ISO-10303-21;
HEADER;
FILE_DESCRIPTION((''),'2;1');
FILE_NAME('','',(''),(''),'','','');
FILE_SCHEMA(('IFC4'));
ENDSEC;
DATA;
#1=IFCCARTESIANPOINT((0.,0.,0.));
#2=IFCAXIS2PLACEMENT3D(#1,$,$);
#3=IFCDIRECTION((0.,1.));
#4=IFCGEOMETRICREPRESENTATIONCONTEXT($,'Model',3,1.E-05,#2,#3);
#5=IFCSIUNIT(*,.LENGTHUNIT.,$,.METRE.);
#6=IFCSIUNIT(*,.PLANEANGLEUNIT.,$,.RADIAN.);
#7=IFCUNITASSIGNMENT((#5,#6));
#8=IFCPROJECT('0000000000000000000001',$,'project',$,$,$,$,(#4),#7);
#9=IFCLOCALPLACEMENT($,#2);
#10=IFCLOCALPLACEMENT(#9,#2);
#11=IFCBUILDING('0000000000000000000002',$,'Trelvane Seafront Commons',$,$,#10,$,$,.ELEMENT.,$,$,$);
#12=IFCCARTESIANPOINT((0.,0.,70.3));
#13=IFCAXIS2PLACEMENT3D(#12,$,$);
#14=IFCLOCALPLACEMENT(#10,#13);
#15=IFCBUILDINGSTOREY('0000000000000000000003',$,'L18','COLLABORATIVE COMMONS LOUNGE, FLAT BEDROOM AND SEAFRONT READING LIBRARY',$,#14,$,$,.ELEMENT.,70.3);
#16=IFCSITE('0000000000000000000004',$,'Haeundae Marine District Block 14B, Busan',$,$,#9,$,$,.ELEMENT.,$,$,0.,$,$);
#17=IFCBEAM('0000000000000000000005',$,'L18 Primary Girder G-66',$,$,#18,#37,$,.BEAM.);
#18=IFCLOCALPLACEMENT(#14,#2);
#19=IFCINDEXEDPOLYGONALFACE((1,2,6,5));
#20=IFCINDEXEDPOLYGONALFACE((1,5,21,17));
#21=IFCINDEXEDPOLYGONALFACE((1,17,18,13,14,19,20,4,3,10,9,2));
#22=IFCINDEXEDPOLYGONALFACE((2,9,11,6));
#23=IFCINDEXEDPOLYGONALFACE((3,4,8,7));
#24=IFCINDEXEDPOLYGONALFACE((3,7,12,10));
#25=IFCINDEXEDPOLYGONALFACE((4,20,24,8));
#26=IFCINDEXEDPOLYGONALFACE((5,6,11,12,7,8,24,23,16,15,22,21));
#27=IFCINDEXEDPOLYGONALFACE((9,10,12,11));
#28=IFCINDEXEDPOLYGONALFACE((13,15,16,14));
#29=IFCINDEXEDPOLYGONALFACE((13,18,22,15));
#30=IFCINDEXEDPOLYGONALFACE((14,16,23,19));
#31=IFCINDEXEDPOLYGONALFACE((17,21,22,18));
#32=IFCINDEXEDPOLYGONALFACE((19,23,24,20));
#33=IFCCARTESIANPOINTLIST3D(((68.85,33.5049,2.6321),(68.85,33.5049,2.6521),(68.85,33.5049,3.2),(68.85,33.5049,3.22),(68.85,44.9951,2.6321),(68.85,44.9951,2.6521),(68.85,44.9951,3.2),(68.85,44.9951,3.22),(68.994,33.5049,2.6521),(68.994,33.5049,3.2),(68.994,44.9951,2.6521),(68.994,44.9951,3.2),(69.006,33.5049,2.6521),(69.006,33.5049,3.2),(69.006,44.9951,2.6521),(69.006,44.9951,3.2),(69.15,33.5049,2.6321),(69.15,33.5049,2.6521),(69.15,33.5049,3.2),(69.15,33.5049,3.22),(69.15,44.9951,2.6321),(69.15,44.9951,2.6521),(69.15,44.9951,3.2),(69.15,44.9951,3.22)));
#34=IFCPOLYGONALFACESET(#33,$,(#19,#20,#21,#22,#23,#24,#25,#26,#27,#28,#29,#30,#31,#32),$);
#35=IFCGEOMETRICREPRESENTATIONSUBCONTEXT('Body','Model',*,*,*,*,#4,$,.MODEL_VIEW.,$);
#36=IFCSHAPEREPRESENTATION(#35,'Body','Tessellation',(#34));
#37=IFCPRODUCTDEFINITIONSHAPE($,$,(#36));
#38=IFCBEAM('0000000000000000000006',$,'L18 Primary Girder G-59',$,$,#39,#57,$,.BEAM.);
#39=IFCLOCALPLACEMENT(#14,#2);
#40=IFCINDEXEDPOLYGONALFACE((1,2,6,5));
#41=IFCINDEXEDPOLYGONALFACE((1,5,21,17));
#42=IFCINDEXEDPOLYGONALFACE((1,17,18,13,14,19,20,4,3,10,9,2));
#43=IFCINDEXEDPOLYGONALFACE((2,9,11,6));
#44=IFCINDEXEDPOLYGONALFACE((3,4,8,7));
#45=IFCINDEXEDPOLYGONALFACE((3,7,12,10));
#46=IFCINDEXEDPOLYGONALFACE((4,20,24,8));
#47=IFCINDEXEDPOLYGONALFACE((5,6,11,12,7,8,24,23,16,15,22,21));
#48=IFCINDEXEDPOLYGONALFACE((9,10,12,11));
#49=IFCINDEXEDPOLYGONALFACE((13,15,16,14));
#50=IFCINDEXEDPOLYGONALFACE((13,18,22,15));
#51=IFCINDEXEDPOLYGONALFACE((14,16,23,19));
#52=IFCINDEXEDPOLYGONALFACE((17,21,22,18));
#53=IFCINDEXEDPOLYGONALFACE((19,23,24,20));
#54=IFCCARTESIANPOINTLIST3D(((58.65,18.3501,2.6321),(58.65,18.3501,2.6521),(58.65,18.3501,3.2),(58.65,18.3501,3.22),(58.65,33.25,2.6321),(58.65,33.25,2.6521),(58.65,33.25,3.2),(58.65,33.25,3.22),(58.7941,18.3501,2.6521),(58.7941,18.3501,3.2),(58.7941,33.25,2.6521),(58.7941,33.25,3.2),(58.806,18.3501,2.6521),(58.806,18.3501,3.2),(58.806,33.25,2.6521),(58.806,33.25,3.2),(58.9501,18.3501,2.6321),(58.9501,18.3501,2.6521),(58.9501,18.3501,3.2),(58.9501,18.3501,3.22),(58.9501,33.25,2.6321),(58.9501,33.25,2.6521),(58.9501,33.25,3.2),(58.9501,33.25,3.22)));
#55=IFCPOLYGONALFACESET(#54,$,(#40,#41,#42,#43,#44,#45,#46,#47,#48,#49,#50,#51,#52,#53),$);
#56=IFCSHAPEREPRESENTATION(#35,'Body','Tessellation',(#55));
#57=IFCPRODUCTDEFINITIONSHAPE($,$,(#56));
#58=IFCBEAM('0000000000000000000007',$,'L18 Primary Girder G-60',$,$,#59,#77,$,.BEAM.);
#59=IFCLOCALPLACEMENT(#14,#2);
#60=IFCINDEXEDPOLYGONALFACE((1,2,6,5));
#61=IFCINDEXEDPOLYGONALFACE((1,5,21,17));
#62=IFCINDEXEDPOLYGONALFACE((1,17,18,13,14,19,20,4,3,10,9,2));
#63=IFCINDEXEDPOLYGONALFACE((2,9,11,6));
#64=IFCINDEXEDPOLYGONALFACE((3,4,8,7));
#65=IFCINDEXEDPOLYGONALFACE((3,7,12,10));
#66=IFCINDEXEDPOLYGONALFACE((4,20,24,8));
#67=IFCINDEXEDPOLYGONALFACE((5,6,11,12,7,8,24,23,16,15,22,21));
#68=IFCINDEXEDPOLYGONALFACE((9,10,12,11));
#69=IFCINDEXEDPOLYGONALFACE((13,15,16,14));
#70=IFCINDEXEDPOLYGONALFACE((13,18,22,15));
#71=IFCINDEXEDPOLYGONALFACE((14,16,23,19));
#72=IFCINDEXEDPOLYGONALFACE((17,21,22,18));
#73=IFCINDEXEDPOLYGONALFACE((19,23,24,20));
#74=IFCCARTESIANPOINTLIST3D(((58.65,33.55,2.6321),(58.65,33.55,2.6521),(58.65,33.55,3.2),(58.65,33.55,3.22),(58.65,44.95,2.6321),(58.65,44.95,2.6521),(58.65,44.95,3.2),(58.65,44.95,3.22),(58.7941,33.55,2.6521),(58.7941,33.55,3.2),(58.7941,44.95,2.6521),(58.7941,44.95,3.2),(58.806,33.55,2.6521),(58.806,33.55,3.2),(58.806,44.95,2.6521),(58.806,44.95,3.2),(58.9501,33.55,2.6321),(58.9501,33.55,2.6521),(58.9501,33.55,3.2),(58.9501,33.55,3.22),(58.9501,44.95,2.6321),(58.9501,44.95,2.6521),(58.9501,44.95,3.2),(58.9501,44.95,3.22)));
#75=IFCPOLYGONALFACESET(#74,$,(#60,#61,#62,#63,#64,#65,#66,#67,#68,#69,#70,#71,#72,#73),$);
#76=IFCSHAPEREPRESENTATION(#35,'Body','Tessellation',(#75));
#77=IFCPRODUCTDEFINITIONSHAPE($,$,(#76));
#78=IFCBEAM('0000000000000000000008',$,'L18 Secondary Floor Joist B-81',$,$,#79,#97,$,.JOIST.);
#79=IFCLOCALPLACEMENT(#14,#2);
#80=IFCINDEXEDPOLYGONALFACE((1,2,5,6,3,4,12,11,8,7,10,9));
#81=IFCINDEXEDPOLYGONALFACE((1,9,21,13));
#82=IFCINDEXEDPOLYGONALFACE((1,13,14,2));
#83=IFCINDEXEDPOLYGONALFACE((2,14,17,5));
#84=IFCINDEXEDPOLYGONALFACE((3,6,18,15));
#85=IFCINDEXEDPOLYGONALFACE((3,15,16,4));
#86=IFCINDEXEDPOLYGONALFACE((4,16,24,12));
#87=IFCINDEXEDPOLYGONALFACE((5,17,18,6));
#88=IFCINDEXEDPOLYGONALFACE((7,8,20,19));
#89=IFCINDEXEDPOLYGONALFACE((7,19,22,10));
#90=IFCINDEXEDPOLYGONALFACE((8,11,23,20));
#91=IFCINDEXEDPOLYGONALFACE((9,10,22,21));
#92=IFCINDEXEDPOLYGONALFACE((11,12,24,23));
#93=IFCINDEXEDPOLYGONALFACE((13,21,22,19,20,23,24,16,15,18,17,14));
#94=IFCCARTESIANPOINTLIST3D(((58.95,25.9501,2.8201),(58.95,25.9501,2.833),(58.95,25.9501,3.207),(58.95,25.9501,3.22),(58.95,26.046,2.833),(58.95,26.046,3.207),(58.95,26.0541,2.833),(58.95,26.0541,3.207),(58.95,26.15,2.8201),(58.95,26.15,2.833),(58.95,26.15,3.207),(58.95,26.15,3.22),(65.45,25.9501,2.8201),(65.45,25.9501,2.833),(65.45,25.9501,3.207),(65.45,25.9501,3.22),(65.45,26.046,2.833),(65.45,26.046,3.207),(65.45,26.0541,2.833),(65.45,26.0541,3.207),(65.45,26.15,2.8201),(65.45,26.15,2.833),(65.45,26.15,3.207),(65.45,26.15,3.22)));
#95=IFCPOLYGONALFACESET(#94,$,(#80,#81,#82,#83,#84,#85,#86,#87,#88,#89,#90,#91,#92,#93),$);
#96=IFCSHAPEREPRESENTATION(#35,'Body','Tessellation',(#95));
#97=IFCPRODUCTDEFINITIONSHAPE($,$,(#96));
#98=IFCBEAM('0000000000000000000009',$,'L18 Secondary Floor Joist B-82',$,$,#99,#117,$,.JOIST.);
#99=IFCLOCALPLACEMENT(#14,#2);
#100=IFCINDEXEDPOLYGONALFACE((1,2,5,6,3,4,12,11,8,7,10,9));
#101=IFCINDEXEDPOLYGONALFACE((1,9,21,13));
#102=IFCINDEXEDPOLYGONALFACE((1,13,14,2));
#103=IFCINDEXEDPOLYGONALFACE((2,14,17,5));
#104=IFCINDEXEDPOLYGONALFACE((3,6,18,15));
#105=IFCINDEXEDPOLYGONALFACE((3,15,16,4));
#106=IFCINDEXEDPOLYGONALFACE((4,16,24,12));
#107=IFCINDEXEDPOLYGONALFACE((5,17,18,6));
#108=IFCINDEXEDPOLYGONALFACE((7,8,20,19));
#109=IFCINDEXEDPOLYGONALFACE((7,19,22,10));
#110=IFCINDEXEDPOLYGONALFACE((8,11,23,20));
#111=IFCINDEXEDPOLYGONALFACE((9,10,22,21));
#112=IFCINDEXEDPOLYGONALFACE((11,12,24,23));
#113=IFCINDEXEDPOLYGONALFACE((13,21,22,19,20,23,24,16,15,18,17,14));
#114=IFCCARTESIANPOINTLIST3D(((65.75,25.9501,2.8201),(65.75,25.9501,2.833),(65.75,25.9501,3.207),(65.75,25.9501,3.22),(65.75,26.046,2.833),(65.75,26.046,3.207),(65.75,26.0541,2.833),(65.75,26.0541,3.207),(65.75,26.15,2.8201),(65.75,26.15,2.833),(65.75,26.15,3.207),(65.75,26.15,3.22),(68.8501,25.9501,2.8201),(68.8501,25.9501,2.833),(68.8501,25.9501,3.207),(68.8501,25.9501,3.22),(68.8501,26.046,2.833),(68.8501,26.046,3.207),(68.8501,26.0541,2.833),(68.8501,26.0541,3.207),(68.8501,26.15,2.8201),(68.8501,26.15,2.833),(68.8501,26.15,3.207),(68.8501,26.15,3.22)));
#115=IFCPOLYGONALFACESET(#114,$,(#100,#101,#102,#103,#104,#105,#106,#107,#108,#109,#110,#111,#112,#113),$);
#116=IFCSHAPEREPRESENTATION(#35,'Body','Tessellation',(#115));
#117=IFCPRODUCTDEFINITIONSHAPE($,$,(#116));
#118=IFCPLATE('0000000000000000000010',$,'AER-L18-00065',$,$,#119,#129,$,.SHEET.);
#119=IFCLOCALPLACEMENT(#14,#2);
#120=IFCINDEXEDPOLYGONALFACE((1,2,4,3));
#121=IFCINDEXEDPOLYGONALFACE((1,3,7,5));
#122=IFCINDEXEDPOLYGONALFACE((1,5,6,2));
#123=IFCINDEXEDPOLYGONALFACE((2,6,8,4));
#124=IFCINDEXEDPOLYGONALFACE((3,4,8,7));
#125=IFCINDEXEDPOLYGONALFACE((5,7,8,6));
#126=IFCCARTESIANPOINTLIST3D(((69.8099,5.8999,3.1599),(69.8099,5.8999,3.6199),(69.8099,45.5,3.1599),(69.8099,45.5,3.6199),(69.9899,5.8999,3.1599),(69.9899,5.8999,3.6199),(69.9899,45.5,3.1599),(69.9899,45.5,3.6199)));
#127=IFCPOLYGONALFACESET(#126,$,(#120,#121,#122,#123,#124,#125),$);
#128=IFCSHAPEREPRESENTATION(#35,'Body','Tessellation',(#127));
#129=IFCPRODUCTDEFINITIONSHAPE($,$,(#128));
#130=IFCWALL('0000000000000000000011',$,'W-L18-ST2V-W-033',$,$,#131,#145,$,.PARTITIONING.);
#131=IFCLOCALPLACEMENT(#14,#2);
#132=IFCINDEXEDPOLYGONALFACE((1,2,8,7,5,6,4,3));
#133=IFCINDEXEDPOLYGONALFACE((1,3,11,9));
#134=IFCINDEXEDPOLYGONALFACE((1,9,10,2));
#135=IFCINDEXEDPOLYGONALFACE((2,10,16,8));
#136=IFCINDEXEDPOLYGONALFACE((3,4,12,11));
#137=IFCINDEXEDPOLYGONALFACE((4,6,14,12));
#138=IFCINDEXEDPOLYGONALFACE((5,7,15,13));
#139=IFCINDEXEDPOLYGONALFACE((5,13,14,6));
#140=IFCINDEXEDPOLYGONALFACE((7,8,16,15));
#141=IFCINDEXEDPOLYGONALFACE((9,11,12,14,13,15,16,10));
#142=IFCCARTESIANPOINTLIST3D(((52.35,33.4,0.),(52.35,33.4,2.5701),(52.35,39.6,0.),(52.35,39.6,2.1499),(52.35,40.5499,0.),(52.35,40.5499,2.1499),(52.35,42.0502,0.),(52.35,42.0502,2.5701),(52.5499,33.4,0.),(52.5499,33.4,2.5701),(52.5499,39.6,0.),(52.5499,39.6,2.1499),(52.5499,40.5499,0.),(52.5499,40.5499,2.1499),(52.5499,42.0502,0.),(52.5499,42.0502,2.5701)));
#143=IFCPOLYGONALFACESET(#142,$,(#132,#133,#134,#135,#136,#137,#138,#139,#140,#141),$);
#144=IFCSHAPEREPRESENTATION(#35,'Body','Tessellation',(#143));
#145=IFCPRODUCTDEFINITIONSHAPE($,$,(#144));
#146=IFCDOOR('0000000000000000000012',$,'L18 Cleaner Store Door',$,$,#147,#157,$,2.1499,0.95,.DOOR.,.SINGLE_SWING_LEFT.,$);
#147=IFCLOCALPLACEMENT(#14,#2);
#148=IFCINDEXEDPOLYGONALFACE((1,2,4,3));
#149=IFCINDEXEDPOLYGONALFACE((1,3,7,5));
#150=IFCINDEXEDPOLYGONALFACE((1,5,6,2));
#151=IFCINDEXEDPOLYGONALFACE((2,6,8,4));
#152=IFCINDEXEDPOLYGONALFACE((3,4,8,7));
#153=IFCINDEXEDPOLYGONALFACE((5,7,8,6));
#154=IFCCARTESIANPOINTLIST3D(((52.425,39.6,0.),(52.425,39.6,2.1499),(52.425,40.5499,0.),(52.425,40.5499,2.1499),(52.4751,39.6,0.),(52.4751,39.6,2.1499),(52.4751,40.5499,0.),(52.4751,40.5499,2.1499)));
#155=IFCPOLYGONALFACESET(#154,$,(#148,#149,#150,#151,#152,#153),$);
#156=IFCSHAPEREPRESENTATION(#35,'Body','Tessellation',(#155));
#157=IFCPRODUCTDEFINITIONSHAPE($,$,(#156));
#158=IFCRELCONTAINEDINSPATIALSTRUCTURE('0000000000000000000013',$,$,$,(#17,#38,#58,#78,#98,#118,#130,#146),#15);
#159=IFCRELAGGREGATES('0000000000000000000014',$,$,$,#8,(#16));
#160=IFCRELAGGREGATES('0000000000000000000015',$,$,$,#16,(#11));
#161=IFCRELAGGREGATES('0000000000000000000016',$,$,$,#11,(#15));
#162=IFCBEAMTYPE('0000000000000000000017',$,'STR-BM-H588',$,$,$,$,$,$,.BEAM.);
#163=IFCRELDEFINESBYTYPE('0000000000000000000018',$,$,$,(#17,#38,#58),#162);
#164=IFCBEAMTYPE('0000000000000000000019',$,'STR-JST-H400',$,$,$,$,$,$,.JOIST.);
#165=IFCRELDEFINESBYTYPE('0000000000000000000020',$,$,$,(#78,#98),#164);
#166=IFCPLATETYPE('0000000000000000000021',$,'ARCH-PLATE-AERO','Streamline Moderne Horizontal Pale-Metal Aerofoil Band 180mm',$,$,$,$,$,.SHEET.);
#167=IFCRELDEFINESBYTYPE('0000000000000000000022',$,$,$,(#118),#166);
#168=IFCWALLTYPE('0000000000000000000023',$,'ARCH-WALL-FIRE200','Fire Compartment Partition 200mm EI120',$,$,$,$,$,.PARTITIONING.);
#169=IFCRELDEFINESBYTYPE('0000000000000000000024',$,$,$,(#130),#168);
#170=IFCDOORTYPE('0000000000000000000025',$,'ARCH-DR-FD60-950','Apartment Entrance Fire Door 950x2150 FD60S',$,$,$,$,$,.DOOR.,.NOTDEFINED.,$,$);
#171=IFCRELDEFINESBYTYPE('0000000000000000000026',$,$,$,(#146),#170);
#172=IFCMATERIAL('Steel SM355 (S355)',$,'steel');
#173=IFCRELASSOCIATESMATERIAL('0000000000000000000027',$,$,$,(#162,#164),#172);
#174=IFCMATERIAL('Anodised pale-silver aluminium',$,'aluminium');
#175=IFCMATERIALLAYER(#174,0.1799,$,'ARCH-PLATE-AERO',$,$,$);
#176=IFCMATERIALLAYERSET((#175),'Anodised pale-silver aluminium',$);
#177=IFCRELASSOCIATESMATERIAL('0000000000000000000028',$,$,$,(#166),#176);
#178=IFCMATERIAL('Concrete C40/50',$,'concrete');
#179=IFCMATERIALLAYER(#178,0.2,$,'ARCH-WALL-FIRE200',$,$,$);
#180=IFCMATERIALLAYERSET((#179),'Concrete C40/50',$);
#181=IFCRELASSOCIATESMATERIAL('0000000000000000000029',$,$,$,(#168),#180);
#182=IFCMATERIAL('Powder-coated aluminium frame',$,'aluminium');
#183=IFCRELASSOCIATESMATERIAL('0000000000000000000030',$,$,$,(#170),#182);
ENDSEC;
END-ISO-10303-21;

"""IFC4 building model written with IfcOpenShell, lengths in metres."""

from ifc_helpers import new_model, si_unit, direction, frame, frame_2d, origin, origin_2d, place, context, subcontext, project, spatial, rectangle, i_section, extrude, source, transform, mapped, material, layer, layer_set, material_profile, profile_set, type_object, element, fill, save


model = new_model("IFC4")

# Units and contexts
model_context = context("Model", 3, precision=1e-05, world=origin(), true_north=direction((0.0, 1.0)))
body_context = subcontext(model_context, "Body", "Model", "MODEL_VIEW")
ifc_project = project(units=[si_unit("LENGTHUNIT", "METRE"), si_unit("PLANEANGLEUNIT", "RADIAN")], contexts=[model_context])

# Site, building, storey
site_placement = place(None, origin())
site = spatial("IfcSite", under=ifc_project, at=site_placement, Name="Haeundae Marine District Block 14B, Busan", CompositionType="ELEMENT", RefElevation=0.0)
building_placement = place(site_placement, origin())
building = spatial("IfcBuilding", under=site, at=building_placement, Name="Trelvane Seafront Commons", CompositionType="ELEMENT")
storey_placement = place(building_placement, frame((0.0, 0.0, 70.3)))
storey = spatial("IfcBuildingStorey", under=building, at=storey_placement, Name="L18", Description="COLLABORATIVE COMMONS LOUNGE, FLAT BEDROOM AND SEAFRONT READING LIBRARY", CompositionType="ELEMENT", Elevation=70.3)

# Shared definitions
ifc_material_1 = material(Name="Steel SM355 (S355)", Category="steel")

# Beams
ifc_material_profile_1 = material_profile(ifc_material_1, i_section(OverallWidth=0.3, OverallDepth=0.5879, WebThickness=0.012, FlangeThickness=0.02, at=origin_2d()), Name="H-588x300x12x20")
ifc_profile_set_1 = profile_set([ifc_material_profile_1], Name="Steel SM355 (S355)")
beam_type_1 = type_object("IfcBeamType", Name="STR-BM-H588", PredefinedType="BEAM", material=ifc_profile_set_1)
shared_shape_1 = source(origin(), body_context, "Body", "SweptSolid", [
    extrude(i_section(OverallWidth=0.3, OverallDepth=0.5879, WebThickness=0.012, FlangeThickness=0.02, at=origin_2d()), origin(), (0.0, 0.0, 1.0), 11.4902),
])
for number, where, z_axis, x_axis, name in (
    (1, (69.0, 33.5049, 2.926), (0.0, 1.0, 0.0), (-1.0, 0.0, 0.0), "L18 Primary Girder G-66"),
):
    element("IfcBeam", number, at=place(storey_placement, frame(where, z_axis=z_axis, x_axis=x_axis)), inside=storey, type_object=beam_type_1, Name=name, PredefinedType="BEAM", context=body_context, shape_type="MappedRepresentation", body=[
        mapped(shared_shape_1, transform((0.0, 0.0, 0.0), x_axis=(1.0, 0.0, 0.0), y_axis=(0.0, 1.0, 0.0), z_axis=(0.0, 0.0, 1.0), scale=1.0)),
    ])
shared_shape_2 = source(origin(), body_context, "Body", "SweptSolid", [
    extrude(i_section(OverallWidth=0.3, OverallDepth=0.5879, WebThickness=0.012, FlangeThickness=0.02, at=origin_2d()), origin(), (0.0, 0.0, 1.0), 14.8999),
])
beam_1_placement = place(storey_placement, frame((58.8, 18.3501, 2.926), z_axis=(0.0, 1.0, 0.0), x_axis=(-1.0, 0.0, 0.0)))
element("IfcBeam", 2, at=beam_1_placement, inside=storey, type_object=beam_type_1, Name="L18 Primary Girder G-59", PredefinedType="BEAM", context=body_context, shape_type="MappedRepresentation", body=[
    mapped(shared_shape_2, transform((0.0, 0.0, 0.0), x_axis=(1.0, 0.0, 0.0), y_axis=(0.0, 1.0, 0.0), z_axis=(0.0, 0.0, 1.0), scale=1.0)),
])
shared_shape_3 = source(origin(), body_context, "Body", "SweptSolid", [
    extrude(i_section(OverallWidth=0.3, OverallDepth=0.5879, WebThickness=0.012, FlangeThickness=0.02, at=origin_2d()), origin(), (0.0, 0.0, 1.0), 11.3999),
])
beam_2_placement = place(storey_placement, frame((58.8, 33.55, 2.926), z_axis=(0.0, 1.0, 0.0), x_axis=(-1.0, 0.0, 0.0)))
element("IfcBeam", 3, at=beam_2_placement, inside=storey, type_object=beam_type_1, Name="L18 Primary Girder G-60", PredefinedType="BEAM", context=body_context, shape_type="MappedRepresentation", body=[
    mapped(shared_shape_3, transform((0.0, 0.0, 0.0), x_axis=(1.0, 0.0, 0.0), y_axis=(0.0, 1.0, 0.0), z_axis=(0.0, 0.0, 1.0), scale=1.0)),
])
ifc_material_profile_2 = material_profile(ifc_material_1, i_section(OverallWidth=0.2, OverallDepth=0.3999, WebThickness=0.0081, FlangeThickness=0.0129, at=origin_2d()), Name="H-400x200x8x13")
ifc_profile_set_2 = profile_set([ifc_material_profile_2], Name="Steel SM355 (S355)")
beam_type_2 = type_object("IfcBeamType", Name="STR-JST-H400", PredefinedType="JOIST", material=ifc_profile_set_2)
shared_shape_4 = source(origin(), body_context, "Body", "SweptSolid", [
    extrude(i_section(OverallWidth=0.2, OverallDepth=0.3999, WebThickness=0.0081, FlangeThickness=0.0129, at=origin_2d()), origin(), (0.0, 0.0, 1.0), 6.5),
])
beam_3_placement = place(storey_placement, frame((58.95, 26.05, 3.02), z_axis=(1.0, 0.0, 0.0), x_axis=(0.0, 1.0, 0.0)))
element("IfcBeam", 4, at=beam_3_placement, inside=storey, type_object=beam_type_2, Name="L18 Secondary Floor Joist B-81", PredefinedType="JOIST", context=body_context, shape_type="MappedRepresentation", body=[
    mapped(shared_shape_4, transform((0.0, 0.0, 0.0), x_axis=(1.0, 0.0, 0.0), y_axis=(0.0, 1.0, 0.0), z_axis=(0.0, 0.0, 1.0), scale=1.0)),
])
shared_shape_5 = source(origin(), body_context, "Body", "SweptSolid", [
    extrude(i_section(OverallWidth=0.2, OverallDepth=0.3999, WebThickness=0.0081, FlangeThickness=0.0129, at=origin_2d()), origin(), (0.0, 0.0, 1.0), 3.1001),
])
beam_4_placement = place(storey_placement, frame((65.75, 26.05, 3.02), z_axis=(1.0, 0.0, 0.0), x_axis=(0.0, 1.0, 0.0)))
element("IfcBeam", 5, at=beam_4_placement, inside=storey, type_object=beam_type_2, Name="L18 Secondary Floor Joist B-82", PredefinedType="JOIST", context=body_context, shape_type="MappedRepresentation", body=[
    mapped(shared_shape_5, transform((0.0, 0.0, 0.0), x_axis=(1.0, 0.0, 0.0), y_axis=(0.0, 1.0, 0.0), z_axis=(0.0, 0.0, 1.0), scale=1.0)),
])

# Plate
ifc_material_2 = material(Name="Anodised pale-silver aluminium", Category="aluminium")
ifc_layer_1 = layer(ifc_material_2, 0.1799, Name="ARCH-PLATE-AERO")
ifc_layer_set_1 = layer_set([ifc_layer_1], Name="Anodised pale-silver aluminium")
plate_type = type_object("IfcPlateType", Name="ARCH-PLATE-AERO", Description="Streamline Moderne Horizontal Pale-Metal Aerofoil Band 180mm", PredefinedType="SHEET", material=ifc_layer_set_1)
shared_shape_6 = source(origin(), body_context, "Body", "SweptSolid", [
    extrude(rectangle(XDim=39.6001, YDim=0.1799, at=origin_2d()), origin(), (0.0, 0.0, 1.0), 0.46),
])
plate_placement = place(storey_placement, frame((69.8999, 25.7, 3.1599), z_axis=(0.0, 0.0, 1.0), x_axis=(0.0, -1.0, 0.0)))
element("IfcPlate", 6, at=plate_placement, inside=storey, type_object=plate_type, Name="AER-L18-00065", PredefinedType="SHEET", context=body_context, shape_type="MappedRepresentation", body=[
    mapped(shared_shape_6, transform((0.0, 0.0, 0.0), x_axis=(1.0, 0.0, 0.0), y_axis=(0.0, 1.0, 0.0), z_axis=(0.0, 0.0, 1.0), scale=1.0)),
])

# Wall, opening, door
ifc_material_3 = material(Name="Concrete C40/50", Category="concrete")
ifc_layer_2 = layer(ifc_material_3, 0.2, Name="ARCH-WALL-FIRE200")
ifc_layer_set_2 = layer_set([ifc_layer_2], Name="Concrete C40/50")
wall_type_1 = type_object("IfcWallType", Name="ARCH-WALL-FIRE200", Description="Fire Compartment Partition 200mm EI120", PredefinedType="PARTITIONING", material=ifc_layer_set_2)
wall_1_placement = place(storey_placement, frame((52.45, 33.3999, 0.0), z_axis=(0.0, 0.0, 1.0), x_axis=(0.0, 1.0, 0.0)))
wall_1 = element("IfcWall", 7, at=wall_1_placement, inside=storey, type_object=wall_type_1, Name="W-L18-ST2V-W-033", PredefinedType="PARTITIONING", context=body_context, shape_type="SweptSolid", body=[
    extrude(rectangle(XDim=8.6501, YDim=0.2, at=frame_2d((4.3252, 0.0))), origin(), (0.0, 0.0, 1.0), 2.5701),
])
opening_1_placement = place(wall_1_placement, frame((6.2, 0.0, 0.0)))
opening_1 = element("IfcOpeningElement", 8, at=opening_1_placement, cuts=wall_1, PredefinedType="OPENING", context=body_context, shape_type="SweptSolid", body=[
    extrude(rectangle(XDim=0.95, YDim=2.1499, at=frame_2d((0.4751, 1.075))), frame((0.0, 0.1099, 0.0), z_axis=(0.0, -1.0, 0.0), x_axis=(1.0, 0.0, 0.0)), (0.0, 0.0, 1.0), 0.22),
])
ifc_material_4 = material(Name="Powder-coated aluminium frame", Category="aluminium")
door_type_1 = type_object("IfcDoorType", Name="ARCH-DR-FD60-950", Description="Apartment Entrance Fire Door 950x2150 FD60S", OperationType="NOTDEFINED", PredefinedType="DOOR", material=ifc_material_4)
shared_shape_7 = source(origin(), body_context, "Body", "SweptSolid", [
    extrude(rectangle(XDim=0.95, YDim=2.1499, at=frame_2d((0.4751, 1.075))), frame((0.0, 0.0249, 0.0), z_axis=(0.0, -1.0, 0.0), x_axis=(1.0, 0.0, 0.0)), (0.0, 0.0, 1.0), 0.05),
])
door_1_placement = place(opening_1_placement, origin())
door_1 = element("IfcDoor", 9, at=door_1_placement, inside=storey, type_object=door_type_1, Name="L18 Cleaner Store Door", OperationType="SINGLE_SWING_LEFT", OverallHeight=2.1499, OverallWidth=0.95, PredefinedType="DOOR", context=body_context, shape_type="MappedRepresentation", body=[
    mapped(shared_shape_7, transform((0.0, 0.0, 0.0), x_axis=(1.0, 0.0, 0.0), y_axis=(0.0, 1.0, 0.0), z_axis=(0.0, 0.0, 1.0), scale=1.0)),
])
fill(opening_1, door_1)

save(model, "model.ifc")
